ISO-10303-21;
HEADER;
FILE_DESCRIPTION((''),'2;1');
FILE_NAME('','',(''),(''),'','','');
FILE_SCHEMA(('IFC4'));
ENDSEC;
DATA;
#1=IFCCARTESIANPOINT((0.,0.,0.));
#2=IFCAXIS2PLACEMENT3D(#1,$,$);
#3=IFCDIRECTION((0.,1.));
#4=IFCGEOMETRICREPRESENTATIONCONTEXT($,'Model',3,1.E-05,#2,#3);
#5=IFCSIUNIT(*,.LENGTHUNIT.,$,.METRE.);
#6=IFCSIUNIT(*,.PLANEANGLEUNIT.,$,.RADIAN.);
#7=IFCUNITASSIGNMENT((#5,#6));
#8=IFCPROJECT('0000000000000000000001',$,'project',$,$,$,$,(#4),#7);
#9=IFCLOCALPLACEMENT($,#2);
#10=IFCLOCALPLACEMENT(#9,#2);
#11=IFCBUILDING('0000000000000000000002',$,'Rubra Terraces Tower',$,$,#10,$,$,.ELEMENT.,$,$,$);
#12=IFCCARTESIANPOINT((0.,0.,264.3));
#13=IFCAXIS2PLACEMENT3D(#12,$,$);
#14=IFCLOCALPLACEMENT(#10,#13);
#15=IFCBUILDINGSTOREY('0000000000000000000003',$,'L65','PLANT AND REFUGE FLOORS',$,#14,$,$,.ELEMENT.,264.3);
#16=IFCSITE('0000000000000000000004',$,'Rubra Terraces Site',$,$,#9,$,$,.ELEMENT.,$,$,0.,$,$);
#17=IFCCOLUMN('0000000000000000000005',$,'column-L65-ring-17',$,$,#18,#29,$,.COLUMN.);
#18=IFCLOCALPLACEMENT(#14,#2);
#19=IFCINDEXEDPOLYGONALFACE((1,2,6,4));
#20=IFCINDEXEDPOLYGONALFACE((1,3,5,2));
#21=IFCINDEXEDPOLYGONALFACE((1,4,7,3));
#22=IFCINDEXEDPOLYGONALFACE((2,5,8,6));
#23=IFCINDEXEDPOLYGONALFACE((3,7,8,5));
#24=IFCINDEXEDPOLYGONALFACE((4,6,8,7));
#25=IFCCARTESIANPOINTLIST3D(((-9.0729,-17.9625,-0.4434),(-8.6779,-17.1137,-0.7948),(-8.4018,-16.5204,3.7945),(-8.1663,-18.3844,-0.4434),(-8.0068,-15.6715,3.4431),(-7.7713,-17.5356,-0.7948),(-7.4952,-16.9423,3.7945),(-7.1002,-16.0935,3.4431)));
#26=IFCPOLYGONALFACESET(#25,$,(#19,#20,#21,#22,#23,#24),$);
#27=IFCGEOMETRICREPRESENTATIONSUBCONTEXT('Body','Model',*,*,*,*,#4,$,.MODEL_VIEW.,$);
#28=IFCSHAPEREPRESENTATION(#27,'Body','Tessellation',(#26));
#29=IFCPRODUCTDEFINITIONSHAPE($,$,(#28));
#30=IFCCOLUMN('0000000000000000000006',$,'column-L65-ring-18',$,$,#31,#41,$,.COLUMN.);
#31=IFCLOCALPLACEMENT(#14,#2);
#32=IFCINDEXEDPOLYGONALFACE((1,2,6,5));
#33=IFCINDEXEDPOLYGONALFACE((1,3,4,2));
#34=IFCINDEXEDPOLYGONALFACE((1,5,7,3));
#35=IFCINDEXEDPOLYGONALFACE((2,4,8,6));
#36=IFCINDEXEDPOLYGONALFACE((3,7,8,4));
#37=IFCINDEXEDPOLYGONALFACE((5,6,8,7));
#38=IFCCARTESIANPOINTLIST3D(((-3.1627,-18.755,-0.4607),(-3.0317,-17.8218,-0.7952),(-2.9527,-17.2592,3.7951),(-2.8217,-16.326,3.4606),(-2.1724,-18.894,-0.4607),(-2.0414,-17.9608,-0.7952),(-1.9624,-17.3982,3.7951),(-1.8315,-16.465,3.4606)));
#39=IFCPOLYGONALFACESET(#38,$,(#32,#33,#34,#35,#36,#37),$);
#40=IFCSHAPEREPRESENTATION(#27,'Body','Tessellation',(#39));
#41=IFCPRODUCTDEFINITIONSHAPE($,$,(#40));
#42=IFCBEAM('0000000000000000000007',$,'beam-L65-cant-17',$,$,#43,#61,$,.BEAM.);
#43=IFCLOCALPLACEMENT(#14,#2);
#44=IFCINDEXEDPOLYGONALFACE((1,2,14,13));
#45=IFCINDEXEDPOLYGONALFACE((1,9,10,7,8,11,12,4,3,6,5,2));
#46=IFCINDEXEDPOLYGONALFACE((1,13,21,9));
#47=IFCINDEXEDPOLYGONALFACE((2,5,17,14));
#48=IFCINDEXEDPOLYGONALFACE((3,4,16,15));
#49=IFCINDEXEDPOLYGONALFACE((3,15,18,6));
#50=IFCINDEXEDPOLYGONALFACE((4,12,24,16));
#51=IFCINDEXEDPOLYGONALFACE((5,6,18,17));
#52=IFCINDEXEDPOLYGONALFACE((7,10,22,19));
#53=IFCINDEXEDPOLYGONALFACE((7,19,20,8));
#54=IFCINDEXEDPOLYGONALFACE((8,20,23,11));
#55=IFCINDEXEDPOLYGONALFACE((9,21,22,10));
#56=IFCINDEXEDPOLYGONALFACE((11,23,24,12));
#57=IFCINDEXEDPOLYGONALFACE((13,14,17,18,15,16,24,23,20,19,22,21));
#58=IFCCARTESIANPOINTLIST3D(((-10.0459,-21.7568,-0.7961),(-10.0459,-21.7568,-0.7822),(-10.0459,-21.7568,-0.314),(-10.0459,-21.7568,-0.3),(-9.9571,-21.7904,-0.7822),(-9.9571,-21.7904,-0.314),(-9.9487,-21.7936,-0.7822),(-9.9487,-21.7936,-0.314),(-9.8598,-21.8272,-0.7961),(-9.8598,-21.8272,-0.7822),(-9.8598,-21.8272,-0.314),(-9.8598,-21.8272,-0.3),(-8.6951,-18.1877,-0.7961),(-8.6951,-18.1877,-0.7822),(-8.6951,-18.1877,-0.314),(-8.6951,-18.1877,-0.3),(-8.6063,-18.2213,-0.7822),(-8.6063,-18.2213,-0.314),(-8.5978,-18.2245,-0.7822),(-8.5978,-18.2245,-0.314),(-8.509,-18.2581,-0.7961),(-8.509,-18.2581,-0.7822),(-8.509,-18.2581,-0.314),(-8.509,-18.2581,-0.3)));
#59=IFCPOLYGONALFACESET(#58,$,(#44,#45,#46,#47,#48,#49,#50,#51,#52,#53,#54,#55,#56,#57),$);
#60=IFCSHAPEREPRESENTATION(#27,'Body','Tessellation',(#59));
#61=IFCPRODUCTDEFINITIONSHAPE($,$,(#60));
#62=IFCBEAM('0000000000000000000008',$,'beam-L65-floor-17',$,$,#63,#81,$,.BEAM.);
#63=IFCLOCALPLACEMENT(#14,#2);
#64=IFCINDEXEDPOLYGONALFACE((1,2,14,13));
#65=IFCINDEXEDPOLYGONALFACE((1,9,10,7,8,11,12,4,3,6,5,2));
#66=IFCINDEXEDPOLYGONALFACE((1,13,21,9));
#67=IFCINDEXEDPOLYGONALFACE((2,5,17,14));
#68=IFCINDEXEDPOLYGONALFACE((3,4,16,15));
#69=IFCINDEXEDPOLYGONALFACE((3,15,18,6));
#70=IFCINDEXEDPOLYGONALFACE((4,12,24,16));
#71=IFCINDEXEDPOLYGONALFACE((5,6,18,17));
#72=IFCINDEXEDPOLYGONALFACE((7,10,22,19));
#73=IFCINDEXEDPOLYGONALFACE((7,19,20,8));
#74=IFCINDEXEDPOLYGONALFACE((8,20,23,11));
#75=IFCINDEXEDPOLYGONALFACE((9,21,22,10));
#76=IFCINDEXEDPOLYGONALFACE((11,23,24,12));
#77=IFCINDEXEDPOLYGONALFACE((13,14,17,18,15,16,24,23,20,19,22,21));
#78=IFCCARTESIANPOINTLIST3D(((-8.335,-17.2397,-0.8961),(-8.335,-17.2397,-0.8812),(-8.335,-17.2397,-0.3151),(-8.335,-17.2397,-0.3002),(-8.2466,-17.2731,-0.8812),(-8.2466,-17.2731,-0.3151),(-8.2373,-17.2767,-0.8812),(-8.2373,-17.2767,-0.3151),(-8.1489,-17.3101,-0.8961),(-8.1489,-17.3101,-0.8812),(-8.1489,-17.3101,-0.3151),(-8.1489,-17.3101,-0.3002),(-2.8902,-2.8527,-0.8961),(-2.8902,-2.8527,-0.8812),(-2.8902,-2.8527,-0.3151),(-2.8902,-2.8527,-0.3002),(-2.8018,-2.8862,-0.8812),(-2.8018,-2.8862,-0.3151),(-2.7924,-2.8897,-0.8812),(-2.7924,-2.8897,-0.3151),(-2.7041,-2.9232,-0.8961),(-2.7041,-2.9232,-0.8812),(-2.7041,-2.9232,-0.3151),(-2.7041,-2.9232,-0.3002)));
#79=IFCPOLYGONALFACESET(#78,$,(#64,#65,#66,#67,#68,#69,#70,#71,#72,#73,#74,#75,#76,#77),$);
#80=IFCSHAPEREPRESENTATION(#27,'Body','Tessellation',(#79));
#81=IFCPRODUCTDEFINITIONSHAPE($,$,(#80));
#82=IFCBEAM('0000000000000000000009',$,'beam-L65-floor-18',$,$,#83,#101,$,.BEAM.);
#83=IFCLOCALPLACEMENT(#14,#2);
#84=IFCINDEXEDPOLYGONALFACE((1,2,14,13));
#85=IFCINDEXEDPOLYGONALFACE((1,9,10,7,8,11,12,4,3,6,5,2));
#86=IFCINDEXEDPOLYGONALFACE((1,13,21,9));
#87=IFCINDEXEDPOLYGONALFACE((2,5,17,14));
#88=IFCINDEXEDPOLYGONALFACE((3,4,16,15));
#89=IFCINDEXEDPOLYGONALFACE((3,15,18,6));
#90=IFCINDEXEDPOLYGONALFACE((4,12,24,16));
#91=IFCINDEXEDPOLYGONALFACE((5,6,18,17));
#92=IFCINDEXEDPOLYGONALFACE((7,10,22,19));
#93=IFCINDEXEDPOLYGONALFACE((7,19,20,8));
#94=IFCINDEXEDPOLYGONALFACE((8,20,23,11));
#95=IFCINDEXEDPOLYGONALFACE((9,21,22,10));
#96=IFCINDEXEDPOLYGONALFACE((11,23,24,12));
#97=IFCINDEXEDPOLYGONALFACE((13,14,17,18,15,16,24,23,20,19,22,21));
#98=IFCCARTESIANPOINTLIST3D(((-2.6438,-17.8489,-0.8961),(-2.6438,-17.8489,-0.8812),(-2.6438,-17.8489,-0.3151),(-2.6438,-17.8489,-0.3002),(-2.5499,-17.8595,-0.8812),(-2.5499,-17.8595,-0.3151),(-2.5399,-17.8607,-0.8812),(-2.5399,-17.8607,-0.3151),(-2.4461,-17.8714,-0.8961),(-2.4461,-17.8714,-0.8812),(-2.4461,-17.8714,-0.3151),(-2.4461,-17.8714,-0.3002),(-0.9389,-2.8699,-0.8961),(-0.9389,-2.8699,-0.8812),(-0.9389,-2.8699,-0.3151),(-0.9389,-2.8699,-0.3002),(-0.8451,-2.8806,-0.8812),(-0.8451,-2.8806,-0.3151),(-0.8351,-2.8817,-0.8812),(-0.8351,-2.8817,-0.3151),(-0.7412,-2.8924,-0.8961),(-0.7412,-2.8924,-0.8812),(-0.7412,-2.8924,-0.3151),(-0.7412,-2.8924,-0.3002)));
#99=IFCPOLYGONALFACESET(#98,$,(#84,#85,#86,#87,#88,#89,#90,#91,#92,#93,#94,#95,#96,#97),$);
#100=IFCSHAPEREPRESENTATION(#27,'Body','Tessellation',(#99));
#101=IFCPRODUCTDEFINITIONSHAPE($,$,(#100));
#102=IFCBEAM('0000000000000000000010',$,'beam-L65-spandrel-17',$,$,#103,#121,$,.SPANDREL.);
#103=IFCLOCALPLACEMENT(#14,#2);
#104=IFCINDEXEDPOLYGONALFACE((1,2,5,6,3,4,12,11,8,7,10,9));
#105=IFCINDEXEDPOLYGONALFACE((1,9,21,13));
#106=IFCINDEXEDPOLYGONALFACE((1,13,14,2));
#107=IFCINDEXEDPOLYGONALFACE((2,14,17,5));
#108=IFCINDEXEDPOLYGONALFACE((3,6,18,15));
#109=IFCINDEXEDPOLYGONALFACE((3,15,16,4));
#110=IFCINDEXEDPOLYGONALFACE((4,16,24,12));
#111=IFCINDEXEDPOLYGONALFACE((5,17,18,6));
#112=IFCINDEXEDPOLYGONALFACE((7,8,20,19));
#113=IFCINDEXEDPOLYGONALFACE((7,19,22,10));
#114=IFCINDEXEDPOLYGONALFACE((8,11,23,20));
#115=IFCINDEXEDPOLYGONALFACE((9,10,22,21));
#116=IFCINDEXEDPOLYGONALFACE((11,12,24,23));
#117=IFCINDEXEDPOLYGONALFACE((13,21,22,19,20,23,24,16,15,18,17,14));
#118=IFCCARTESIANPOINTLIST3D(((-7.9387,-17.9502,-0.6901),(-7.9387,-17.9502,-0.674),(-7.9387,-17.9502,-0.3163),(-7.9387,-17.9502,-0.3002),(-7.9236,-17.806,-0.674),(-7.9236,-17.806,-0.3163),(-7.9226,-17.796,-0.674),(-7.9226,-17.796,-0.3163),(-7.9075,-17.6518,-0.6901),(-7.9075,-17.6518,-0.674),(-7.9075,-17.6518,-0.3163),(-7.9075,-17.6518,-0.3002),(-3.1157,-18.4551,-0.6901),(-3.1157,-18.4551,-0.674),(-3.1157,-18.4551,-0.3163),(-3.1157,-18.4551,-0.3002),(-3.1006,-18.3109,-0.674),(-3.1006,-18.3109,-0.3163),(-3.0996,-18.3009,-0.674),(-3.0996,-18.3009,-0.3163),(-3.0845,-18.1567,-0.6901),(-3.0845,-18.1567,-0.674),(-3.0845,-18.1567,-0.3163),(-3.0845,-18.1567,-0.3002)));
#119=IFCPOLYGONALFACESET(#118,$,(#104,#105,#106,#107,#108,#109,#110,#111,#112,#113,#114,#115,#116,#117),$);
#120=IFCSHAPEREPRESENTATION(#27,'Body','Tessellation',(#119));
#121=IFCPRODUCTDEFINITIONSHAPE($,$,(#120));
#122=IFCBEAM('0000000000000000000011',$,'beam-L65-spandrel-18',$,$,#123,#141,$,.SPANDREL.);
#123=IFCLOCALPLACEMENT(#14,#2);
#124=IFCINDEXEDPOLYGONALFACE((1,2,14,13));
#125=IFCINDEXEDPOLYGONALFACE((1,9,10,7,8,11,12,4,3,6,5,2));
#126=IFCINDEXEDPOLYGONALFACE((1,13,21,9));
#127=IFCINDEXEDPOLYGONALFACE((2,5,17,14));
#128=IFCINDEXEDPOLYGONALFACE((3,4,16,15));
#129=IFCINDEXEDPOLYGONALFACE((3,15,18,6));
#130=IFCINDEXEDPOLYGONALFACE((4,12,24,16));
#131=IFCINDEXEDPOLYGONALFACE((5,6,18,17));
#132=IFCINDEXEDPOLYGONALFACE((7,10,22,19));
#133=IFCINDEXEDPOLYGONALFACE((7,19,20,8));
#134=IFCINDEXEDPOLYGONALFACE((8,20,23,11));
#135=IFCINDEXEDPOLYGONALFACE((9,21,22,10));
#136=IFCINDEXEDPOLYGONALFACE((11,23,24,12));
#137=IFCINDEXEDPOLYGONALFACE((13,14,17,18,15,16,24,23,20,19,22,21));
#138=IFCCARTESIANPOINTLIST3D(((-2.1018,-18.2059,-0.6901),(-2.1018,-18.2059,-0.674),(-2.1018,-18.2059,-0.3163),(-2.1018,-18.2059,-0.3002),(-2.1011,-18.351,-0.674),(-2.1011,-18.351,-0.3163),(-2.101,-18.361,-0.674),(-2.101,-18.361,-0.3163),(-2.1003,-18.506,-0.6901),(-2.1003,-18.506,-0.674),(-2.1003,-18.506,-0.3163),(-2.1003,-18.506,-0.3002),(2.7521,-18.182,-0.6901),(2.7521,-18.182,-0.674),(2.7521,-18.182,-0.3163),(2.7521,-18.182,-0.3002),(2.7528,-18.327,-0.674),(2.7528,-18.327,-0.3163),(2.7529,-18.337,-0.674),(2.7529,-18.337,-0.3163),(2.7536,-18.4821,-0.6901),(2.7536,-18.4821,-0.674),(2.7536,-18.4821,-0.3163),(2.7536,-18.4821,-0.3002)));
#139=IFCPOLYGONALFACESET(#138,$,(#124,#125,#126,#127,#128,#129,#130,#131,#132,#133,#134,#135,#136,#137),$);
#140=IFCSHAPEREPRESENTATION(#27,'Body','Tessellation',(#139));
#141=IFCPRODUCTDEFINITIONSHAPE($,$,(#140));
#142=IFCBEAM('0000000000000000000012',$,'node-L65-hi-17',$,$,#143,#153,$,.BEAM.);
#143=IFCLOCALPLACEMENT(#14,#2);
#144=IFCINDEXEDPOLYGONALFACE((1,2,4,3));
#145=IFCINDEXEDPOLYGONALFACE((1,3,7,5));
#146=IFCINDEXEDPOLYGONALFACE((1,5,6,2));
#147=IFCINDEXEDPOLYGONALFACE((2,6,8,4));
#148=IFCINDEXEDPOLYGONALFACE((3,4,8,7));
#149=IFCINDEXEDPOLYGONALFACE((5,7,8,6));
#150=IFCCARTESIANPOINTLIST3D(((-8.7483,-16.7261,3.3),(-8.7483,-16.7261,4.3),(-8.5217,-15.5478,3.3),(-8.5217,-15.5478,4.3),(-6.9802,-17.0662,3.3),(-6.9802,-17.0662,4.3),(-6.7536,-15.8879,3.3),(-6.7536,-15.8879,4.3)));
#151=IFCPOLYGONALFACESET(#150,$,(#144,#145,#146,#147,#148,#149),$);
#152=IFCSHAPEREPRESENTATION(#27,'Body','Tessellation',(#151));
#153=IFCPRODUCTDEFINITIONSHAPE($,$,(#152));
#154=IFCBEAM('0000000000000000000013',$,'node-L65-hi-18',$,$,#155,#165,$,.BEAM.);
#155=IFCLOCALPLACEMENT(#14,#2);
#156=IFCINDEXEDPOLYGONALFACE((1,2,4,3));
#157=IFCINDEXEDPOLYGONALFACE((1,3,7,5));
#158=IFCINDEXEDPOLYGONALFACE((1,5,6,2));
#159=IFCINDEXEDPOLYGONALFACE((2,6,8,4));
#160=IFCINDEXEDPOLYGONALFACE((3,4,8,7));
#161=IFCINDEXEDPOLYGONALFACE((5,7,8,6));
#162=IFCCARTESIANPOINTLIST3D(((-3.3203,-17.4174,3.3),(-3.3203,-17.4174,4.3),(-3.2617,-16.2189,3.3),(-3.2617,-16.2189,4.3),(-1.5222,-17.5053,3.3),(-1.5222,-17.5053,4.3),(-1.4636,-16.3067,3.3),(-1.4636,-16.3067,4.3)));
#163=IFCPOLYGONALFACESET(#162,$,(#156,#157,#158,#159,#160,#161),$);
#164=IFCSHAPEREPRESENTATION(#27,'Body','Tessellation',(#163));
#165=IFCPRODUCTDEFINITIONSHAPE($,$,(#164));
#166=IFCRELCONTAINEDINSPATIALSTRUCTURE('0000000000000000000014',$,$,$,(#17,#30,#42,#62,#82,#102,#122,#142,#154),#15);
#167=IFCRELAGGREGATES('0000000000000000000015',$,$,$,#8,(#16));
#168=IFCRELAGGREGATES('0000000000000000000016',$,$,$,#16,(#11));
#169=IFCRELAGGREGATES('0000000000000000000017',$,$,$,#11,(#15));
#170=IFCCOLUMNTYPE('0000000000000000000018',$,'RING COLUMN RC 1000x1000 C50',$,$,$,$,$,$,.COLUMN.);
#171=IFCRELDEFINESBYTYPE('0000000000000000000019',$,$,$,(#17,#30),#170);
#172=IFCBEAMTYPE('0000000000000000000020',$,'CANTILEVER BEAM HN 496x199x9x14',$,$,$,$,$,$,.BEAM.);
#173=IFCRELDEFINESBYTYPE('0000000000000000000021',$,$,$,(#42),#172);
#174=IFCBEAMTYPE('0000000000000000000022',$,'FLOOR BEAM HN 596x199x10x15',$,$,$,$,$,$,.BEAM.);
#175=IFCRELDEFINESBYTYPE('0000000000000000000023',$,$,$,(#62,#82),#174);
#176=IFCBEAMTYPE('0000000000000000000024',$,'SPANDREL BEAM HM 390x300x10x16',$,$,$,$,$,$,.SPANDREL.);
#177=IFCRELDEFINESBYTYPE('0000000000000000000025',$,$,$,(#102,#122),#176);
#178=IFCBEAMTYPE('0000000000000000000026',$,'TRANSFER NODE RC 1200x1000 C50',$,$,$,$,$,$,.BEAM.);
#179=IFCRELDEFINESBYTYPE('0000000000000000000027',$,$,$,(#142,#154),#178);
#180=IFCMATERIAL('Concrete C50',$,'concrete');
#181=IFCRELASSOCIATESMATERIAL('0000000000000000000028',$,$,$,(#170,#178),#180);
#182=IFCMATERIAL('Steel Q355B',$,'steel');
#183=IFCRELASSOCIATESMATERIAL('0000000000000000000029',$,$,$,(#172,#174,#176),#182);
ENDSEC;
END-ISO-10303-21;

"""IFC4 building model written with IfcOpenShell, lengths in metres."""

from ifc_helpers import new_model, si_unit, direction, frame, origin, origin_2d, place, context, subcontext, project, spatial, rectangle, i_section, extrude, material, material_profile, profile_set, type_object, element, save


model = new_model("IFC4")

# Units and contexts
model_context = context("Model", 3, precision=1e-05, world=origin(), true_north=direction((0.0, 1.0)))
body_context = subcontext(model_context, "Body", "Model", "MODEL_VIEW")
ifc_project = project(units=[si_unit("LENGTHUNIT", "METRE"), si_unit("PLANEANGLEUNIT", "RADIAN")], contexts=[model_context])

# Site, building, storey
site_placement = place(None, origin())
site = spatial("IfcSite", under=ifc_project, at=site_placement, Name="Rubra Terraces Site", CompositionType="ELEMENT", RefElevation=0.0)
building_placement = place(site_placement, origin())
building = spatial("IfcBuilding", under=site, at=building_placement, Name="Rubra Terraces Tower", CompositionType="ELEMENT")
storey_placement = place(building_placement, frame((0.0, 0.0, 264.3)))
storey = spatial("IfcBuildingStorey", under=building, at=storey_placement, Name="L65", Description="PLANT AND REFUGE FLOORS", CompositionType="ELEMENT", Elevation=264.3)

# Columns
ifc_material_1 = material(Name="Concrete C50", Category="concrete")
ifc_material_profile_1 = material_profile(ifc_material_1, rectangle(XDim=1.0, YDim=1.0, at=origin_2d()), Name="RC 1000x1000")
ifc_profile_set_1 = profile_set([ifc_material_profile_1], Name="Concrete C50")
column_type = type_object("IfcColumnType", Name="RING COLUMN RC 1000x1000 C50", PredefinedType="COLUMN", material=ifc_profile_set_1)
column_1_placement = place(storey_placement, frame((-8.4221, -17.749, -0.6191), z_axis=(0.148263, 0.318584, 0.936228), x_axis=(-0.90663, 0.421927, 0.0)))
element("IfcColumn", 1, at=column_1_placement, inside=storey, type_object=column_type, Name="column-L65-ring-17", PredefinedType="COLUMN", context=body_context, shape_type="SweptSolid", body=[
    extrude(rectangle(XDim=1.0, YDim=1.0, at=origin_2d()), origin(), (0.0, 0.0, 1.0), 4.5266),
])
column_2_placement = place(storey_placement, frame((-2.6021, -18.3579, -0.6279), z_axis=(0.046493, 0.331235, 0.942402), x_axis=(-0.990292, 0.139, 0.0)))
element("IfcColumn", 2, at=column_2_placement, inside=storey, type_object=column_type, Name="column-L65-ring-18", PredefinedType="COLUMN", context=body_context, shape_type="SweptSolid", body=[
    extrude(rectangle(XDim=1.0, YDim=1.0, at=origin_2d()), origin(), (0.0, 0.0, 1.0), 4.5159),
])

# Beams
ifc_material_2 = material(Name="Steel Q355B", Category="steel")
ifc_material_profile_2 = material_profile(ifc_material_2, i_section(OverallWidth=0.199, OverallDepth=0.4961, WebThickness=0.009, FlangeThickness=0.0139, at=origin_2d()), Name="HN 496x199x9x14")
ifc_profile_set_2 = profile_set([ifc_material_profile_2], Name="Steel Q355B")
beam_type_1 = type_object("IfcBeamType", Name="CANTILEVER BEAM HN 496x199x9x14", PredefinedType="BEAM", material=ifc_profile_set_2)
beam_1_placement = place(storey_placement, frame((-8.6021, -18.2229, -0.5481), z_axis=(-0.353975, -0.935255, 0.0), x_axis=(0.935255, -0.353975, 0.0)))
element("IfcBeam", 3, at=beam_1_placement, inside=storey, type_object=beam_type_1, Name="beam-L65-cant-17", PredefinedType="BEAM", context=body_context, shape_type="SweptSolid", body=[
    extrude(i_section(OverallWidth=0.199, OverallDepth=0.4961, WebThickness=0.009, FlangeThickness=0.0139, at=origin_2d()), origin(), (0.0, 0.0, 1.0), 3.8162),
])
ifc_material_profile_3 = material_profile(ifc_material_2, i_section(OverallWidth=0.199, OverallDepth=0.5959, WebThickness=0.01, FlangeThickness=0.0149, at=origin_2d()), Name="HN 596x199x10x15")
ifc_profile_set_3 = profile_set([ifc_material_profile_3], Name="Steel Q355B")
beam_type_2 = type_object("IfcBeamType", Name="FLOOR BEAM HN 596x199x10x15", PredefinedType="BEAM", material=ifc_profile_set_3)
beam_2_placement = place(storey_placement, frame((-8.2419, -17.2749, -0.5981), z_axis=(0.353955, 0.935262, 0.0), x_axis=(-0.935262, 0.353955, 0.0)))
element("IfcBeam", 4, at=beam_2_placement, inside=storey, type_object=beam_type_2, Name="beam-L65-floor-17", PredefinedType="BEAM", context=body_context, shape_type="SweptSolid", body=[
    extrude(i_section(OverallWidth=0.199, OverallDepth=0.5959, WebThickness=0.01, FlangeThickness=0.0149, at=origin_2d()), origin(), (0.0, 0.0, 1.0), 15.3828),
])
beam_3_placement = place(storey_placement, frame((-2.5449, -17.8601, -0.5981), z_axis=(0.113085, 0.993585, 0.0), x_axis=(-0.993585, 0.113085, 0.0)))
element("IfcBeam", 5, at=beam_3_placement, inside=storey, type_object=beam_type_2, Name="beam-L65-floor-18", PredefinedType="BEAM", context=body_context, shape_type="SweptSolid", body=[
    extrude(i_section(OverallWidth=0.199, OverallDepth=0.5959, WebThickness=0.01, FlangeThickness=0.0149, at=origin_2d()), origin(), (0.0, 0.0, 1.0), 15.0757),
])
ifc_material_profile_4 = material_profile(ifc_material_2, i_section(OverallWidth=0.3, OverallDepth=0.3899, WebThickness=0.01, FlangeThickness=0.0161, at=origin_2d()), Name="HM 390x300x10x16")
ifc_profile_set_4 = profile_set([ifc_material_profile_4], Name="Steel Q355B")
beam_type_3 = type_object("IfcBeamType", Name="SPANDREL BEAM HM 390x300x10x16", PredefinedType="SPANDREL", material=ifc_profile_set_4)
beam_4_placement = place(storey_placement, frame((-7.9231, -17.801, -0.4951), z_axis=(0.994565, -0.104113, 0.0), x_axis=(0.104113, 0.994565, 0.0)))
element("IfcBeam", 6, at=beam_4_placement, inside=storey, type_object=beam_type_3, Name="beam-L65-spandrel-17", PredefinedType="SPANDREL", context=body_context, shape_type="SweptSolid", body=[
    extrude(i_section(OverallWidth=0.3, OverallDepth=0.3899, WebThickness=0.01, FlangeThickness=0.0161, at=origin_2d()), origin(), (0.0, 0.0, 1.0), 4.8494),
])
beam_5_placement = place(storey_placement, frame((-2.1011, -18.356, -0.4951), z_axis=(0.999988, 0.004929, 0.0), x_axis=(-0.004929, 0.999988, 0.0)))
element("IfcBeam", 7, at=beam_5_placement, inside=storey, type_object=beam_type_3, Name="beam-L65-spandrel-18", PredefinedType="SPANDREL", context=body_context, shape_type="SweptSolid", body=[
    extrude(i_section(OverallWidth=0.3, OverallDepth=0.3899, WebThickness=0.01, FlangeThickness=0.0161, at=origin_2d()), origin(), (0.0, 0.0, 1.0), 4.854),
])
ifc_material_profile_5 = material_profile(ifc_material_1, rectangle(XDim=1.2, YDim=1.0, at=origin_2d()), Name="RC 1200x1000")
ifc_profile_set_5 = profile_set([ifc_material_profile_5], Name="Concrete C50")
beam_type_4 = type_object("IfcBeamType", Name="TRANSFER NODE RC 1200x1000 C50", PredefinedType="BEAM", material=ifc_profile_set_5)
beam_6_placement = place(storey_placement, frame((-8.635, -16.137, 3.8), z_axis=(0.981999, -0.188888, 0.0), x_axis=(0.188888, 0.981999, 0.0)))
element("IfcBeam", 8, at=beam_6_placement, inside=storey, type_object=beam_type_4, Name="node-L65-hi-17", PredefinedType="BEAM", context=body_context, shape_type="SweptSolid", body=[
    extrude(rectangle(XDim=1.2, YDim=1.0, at=origin_2d()), origin(), (0.0, 0.0, 1.0), 1.8005),
])
beam_7_placement = place(storey_placement, frame((-3.291, -16.8181, 3.8), z_axis=(0.998808, -0.048822, 0.0), x_axis=(0.048822, 0.998808, 0.0)))
element("IfcBeam", 9, at=beam_7_placement, inside=storey, type_object=beam_type_4, Name="node-L65-hi-18", PredefinedType="BEAM", context=body_context, shape_type="SweptSolid", body=[
    extrude(rectangle(XDim=1.2, YDim=1.0, at=origin_2d()), origin(), (0.0, 0.0, 1.0), 1.8003),
])

save(model, "model.ifc")
